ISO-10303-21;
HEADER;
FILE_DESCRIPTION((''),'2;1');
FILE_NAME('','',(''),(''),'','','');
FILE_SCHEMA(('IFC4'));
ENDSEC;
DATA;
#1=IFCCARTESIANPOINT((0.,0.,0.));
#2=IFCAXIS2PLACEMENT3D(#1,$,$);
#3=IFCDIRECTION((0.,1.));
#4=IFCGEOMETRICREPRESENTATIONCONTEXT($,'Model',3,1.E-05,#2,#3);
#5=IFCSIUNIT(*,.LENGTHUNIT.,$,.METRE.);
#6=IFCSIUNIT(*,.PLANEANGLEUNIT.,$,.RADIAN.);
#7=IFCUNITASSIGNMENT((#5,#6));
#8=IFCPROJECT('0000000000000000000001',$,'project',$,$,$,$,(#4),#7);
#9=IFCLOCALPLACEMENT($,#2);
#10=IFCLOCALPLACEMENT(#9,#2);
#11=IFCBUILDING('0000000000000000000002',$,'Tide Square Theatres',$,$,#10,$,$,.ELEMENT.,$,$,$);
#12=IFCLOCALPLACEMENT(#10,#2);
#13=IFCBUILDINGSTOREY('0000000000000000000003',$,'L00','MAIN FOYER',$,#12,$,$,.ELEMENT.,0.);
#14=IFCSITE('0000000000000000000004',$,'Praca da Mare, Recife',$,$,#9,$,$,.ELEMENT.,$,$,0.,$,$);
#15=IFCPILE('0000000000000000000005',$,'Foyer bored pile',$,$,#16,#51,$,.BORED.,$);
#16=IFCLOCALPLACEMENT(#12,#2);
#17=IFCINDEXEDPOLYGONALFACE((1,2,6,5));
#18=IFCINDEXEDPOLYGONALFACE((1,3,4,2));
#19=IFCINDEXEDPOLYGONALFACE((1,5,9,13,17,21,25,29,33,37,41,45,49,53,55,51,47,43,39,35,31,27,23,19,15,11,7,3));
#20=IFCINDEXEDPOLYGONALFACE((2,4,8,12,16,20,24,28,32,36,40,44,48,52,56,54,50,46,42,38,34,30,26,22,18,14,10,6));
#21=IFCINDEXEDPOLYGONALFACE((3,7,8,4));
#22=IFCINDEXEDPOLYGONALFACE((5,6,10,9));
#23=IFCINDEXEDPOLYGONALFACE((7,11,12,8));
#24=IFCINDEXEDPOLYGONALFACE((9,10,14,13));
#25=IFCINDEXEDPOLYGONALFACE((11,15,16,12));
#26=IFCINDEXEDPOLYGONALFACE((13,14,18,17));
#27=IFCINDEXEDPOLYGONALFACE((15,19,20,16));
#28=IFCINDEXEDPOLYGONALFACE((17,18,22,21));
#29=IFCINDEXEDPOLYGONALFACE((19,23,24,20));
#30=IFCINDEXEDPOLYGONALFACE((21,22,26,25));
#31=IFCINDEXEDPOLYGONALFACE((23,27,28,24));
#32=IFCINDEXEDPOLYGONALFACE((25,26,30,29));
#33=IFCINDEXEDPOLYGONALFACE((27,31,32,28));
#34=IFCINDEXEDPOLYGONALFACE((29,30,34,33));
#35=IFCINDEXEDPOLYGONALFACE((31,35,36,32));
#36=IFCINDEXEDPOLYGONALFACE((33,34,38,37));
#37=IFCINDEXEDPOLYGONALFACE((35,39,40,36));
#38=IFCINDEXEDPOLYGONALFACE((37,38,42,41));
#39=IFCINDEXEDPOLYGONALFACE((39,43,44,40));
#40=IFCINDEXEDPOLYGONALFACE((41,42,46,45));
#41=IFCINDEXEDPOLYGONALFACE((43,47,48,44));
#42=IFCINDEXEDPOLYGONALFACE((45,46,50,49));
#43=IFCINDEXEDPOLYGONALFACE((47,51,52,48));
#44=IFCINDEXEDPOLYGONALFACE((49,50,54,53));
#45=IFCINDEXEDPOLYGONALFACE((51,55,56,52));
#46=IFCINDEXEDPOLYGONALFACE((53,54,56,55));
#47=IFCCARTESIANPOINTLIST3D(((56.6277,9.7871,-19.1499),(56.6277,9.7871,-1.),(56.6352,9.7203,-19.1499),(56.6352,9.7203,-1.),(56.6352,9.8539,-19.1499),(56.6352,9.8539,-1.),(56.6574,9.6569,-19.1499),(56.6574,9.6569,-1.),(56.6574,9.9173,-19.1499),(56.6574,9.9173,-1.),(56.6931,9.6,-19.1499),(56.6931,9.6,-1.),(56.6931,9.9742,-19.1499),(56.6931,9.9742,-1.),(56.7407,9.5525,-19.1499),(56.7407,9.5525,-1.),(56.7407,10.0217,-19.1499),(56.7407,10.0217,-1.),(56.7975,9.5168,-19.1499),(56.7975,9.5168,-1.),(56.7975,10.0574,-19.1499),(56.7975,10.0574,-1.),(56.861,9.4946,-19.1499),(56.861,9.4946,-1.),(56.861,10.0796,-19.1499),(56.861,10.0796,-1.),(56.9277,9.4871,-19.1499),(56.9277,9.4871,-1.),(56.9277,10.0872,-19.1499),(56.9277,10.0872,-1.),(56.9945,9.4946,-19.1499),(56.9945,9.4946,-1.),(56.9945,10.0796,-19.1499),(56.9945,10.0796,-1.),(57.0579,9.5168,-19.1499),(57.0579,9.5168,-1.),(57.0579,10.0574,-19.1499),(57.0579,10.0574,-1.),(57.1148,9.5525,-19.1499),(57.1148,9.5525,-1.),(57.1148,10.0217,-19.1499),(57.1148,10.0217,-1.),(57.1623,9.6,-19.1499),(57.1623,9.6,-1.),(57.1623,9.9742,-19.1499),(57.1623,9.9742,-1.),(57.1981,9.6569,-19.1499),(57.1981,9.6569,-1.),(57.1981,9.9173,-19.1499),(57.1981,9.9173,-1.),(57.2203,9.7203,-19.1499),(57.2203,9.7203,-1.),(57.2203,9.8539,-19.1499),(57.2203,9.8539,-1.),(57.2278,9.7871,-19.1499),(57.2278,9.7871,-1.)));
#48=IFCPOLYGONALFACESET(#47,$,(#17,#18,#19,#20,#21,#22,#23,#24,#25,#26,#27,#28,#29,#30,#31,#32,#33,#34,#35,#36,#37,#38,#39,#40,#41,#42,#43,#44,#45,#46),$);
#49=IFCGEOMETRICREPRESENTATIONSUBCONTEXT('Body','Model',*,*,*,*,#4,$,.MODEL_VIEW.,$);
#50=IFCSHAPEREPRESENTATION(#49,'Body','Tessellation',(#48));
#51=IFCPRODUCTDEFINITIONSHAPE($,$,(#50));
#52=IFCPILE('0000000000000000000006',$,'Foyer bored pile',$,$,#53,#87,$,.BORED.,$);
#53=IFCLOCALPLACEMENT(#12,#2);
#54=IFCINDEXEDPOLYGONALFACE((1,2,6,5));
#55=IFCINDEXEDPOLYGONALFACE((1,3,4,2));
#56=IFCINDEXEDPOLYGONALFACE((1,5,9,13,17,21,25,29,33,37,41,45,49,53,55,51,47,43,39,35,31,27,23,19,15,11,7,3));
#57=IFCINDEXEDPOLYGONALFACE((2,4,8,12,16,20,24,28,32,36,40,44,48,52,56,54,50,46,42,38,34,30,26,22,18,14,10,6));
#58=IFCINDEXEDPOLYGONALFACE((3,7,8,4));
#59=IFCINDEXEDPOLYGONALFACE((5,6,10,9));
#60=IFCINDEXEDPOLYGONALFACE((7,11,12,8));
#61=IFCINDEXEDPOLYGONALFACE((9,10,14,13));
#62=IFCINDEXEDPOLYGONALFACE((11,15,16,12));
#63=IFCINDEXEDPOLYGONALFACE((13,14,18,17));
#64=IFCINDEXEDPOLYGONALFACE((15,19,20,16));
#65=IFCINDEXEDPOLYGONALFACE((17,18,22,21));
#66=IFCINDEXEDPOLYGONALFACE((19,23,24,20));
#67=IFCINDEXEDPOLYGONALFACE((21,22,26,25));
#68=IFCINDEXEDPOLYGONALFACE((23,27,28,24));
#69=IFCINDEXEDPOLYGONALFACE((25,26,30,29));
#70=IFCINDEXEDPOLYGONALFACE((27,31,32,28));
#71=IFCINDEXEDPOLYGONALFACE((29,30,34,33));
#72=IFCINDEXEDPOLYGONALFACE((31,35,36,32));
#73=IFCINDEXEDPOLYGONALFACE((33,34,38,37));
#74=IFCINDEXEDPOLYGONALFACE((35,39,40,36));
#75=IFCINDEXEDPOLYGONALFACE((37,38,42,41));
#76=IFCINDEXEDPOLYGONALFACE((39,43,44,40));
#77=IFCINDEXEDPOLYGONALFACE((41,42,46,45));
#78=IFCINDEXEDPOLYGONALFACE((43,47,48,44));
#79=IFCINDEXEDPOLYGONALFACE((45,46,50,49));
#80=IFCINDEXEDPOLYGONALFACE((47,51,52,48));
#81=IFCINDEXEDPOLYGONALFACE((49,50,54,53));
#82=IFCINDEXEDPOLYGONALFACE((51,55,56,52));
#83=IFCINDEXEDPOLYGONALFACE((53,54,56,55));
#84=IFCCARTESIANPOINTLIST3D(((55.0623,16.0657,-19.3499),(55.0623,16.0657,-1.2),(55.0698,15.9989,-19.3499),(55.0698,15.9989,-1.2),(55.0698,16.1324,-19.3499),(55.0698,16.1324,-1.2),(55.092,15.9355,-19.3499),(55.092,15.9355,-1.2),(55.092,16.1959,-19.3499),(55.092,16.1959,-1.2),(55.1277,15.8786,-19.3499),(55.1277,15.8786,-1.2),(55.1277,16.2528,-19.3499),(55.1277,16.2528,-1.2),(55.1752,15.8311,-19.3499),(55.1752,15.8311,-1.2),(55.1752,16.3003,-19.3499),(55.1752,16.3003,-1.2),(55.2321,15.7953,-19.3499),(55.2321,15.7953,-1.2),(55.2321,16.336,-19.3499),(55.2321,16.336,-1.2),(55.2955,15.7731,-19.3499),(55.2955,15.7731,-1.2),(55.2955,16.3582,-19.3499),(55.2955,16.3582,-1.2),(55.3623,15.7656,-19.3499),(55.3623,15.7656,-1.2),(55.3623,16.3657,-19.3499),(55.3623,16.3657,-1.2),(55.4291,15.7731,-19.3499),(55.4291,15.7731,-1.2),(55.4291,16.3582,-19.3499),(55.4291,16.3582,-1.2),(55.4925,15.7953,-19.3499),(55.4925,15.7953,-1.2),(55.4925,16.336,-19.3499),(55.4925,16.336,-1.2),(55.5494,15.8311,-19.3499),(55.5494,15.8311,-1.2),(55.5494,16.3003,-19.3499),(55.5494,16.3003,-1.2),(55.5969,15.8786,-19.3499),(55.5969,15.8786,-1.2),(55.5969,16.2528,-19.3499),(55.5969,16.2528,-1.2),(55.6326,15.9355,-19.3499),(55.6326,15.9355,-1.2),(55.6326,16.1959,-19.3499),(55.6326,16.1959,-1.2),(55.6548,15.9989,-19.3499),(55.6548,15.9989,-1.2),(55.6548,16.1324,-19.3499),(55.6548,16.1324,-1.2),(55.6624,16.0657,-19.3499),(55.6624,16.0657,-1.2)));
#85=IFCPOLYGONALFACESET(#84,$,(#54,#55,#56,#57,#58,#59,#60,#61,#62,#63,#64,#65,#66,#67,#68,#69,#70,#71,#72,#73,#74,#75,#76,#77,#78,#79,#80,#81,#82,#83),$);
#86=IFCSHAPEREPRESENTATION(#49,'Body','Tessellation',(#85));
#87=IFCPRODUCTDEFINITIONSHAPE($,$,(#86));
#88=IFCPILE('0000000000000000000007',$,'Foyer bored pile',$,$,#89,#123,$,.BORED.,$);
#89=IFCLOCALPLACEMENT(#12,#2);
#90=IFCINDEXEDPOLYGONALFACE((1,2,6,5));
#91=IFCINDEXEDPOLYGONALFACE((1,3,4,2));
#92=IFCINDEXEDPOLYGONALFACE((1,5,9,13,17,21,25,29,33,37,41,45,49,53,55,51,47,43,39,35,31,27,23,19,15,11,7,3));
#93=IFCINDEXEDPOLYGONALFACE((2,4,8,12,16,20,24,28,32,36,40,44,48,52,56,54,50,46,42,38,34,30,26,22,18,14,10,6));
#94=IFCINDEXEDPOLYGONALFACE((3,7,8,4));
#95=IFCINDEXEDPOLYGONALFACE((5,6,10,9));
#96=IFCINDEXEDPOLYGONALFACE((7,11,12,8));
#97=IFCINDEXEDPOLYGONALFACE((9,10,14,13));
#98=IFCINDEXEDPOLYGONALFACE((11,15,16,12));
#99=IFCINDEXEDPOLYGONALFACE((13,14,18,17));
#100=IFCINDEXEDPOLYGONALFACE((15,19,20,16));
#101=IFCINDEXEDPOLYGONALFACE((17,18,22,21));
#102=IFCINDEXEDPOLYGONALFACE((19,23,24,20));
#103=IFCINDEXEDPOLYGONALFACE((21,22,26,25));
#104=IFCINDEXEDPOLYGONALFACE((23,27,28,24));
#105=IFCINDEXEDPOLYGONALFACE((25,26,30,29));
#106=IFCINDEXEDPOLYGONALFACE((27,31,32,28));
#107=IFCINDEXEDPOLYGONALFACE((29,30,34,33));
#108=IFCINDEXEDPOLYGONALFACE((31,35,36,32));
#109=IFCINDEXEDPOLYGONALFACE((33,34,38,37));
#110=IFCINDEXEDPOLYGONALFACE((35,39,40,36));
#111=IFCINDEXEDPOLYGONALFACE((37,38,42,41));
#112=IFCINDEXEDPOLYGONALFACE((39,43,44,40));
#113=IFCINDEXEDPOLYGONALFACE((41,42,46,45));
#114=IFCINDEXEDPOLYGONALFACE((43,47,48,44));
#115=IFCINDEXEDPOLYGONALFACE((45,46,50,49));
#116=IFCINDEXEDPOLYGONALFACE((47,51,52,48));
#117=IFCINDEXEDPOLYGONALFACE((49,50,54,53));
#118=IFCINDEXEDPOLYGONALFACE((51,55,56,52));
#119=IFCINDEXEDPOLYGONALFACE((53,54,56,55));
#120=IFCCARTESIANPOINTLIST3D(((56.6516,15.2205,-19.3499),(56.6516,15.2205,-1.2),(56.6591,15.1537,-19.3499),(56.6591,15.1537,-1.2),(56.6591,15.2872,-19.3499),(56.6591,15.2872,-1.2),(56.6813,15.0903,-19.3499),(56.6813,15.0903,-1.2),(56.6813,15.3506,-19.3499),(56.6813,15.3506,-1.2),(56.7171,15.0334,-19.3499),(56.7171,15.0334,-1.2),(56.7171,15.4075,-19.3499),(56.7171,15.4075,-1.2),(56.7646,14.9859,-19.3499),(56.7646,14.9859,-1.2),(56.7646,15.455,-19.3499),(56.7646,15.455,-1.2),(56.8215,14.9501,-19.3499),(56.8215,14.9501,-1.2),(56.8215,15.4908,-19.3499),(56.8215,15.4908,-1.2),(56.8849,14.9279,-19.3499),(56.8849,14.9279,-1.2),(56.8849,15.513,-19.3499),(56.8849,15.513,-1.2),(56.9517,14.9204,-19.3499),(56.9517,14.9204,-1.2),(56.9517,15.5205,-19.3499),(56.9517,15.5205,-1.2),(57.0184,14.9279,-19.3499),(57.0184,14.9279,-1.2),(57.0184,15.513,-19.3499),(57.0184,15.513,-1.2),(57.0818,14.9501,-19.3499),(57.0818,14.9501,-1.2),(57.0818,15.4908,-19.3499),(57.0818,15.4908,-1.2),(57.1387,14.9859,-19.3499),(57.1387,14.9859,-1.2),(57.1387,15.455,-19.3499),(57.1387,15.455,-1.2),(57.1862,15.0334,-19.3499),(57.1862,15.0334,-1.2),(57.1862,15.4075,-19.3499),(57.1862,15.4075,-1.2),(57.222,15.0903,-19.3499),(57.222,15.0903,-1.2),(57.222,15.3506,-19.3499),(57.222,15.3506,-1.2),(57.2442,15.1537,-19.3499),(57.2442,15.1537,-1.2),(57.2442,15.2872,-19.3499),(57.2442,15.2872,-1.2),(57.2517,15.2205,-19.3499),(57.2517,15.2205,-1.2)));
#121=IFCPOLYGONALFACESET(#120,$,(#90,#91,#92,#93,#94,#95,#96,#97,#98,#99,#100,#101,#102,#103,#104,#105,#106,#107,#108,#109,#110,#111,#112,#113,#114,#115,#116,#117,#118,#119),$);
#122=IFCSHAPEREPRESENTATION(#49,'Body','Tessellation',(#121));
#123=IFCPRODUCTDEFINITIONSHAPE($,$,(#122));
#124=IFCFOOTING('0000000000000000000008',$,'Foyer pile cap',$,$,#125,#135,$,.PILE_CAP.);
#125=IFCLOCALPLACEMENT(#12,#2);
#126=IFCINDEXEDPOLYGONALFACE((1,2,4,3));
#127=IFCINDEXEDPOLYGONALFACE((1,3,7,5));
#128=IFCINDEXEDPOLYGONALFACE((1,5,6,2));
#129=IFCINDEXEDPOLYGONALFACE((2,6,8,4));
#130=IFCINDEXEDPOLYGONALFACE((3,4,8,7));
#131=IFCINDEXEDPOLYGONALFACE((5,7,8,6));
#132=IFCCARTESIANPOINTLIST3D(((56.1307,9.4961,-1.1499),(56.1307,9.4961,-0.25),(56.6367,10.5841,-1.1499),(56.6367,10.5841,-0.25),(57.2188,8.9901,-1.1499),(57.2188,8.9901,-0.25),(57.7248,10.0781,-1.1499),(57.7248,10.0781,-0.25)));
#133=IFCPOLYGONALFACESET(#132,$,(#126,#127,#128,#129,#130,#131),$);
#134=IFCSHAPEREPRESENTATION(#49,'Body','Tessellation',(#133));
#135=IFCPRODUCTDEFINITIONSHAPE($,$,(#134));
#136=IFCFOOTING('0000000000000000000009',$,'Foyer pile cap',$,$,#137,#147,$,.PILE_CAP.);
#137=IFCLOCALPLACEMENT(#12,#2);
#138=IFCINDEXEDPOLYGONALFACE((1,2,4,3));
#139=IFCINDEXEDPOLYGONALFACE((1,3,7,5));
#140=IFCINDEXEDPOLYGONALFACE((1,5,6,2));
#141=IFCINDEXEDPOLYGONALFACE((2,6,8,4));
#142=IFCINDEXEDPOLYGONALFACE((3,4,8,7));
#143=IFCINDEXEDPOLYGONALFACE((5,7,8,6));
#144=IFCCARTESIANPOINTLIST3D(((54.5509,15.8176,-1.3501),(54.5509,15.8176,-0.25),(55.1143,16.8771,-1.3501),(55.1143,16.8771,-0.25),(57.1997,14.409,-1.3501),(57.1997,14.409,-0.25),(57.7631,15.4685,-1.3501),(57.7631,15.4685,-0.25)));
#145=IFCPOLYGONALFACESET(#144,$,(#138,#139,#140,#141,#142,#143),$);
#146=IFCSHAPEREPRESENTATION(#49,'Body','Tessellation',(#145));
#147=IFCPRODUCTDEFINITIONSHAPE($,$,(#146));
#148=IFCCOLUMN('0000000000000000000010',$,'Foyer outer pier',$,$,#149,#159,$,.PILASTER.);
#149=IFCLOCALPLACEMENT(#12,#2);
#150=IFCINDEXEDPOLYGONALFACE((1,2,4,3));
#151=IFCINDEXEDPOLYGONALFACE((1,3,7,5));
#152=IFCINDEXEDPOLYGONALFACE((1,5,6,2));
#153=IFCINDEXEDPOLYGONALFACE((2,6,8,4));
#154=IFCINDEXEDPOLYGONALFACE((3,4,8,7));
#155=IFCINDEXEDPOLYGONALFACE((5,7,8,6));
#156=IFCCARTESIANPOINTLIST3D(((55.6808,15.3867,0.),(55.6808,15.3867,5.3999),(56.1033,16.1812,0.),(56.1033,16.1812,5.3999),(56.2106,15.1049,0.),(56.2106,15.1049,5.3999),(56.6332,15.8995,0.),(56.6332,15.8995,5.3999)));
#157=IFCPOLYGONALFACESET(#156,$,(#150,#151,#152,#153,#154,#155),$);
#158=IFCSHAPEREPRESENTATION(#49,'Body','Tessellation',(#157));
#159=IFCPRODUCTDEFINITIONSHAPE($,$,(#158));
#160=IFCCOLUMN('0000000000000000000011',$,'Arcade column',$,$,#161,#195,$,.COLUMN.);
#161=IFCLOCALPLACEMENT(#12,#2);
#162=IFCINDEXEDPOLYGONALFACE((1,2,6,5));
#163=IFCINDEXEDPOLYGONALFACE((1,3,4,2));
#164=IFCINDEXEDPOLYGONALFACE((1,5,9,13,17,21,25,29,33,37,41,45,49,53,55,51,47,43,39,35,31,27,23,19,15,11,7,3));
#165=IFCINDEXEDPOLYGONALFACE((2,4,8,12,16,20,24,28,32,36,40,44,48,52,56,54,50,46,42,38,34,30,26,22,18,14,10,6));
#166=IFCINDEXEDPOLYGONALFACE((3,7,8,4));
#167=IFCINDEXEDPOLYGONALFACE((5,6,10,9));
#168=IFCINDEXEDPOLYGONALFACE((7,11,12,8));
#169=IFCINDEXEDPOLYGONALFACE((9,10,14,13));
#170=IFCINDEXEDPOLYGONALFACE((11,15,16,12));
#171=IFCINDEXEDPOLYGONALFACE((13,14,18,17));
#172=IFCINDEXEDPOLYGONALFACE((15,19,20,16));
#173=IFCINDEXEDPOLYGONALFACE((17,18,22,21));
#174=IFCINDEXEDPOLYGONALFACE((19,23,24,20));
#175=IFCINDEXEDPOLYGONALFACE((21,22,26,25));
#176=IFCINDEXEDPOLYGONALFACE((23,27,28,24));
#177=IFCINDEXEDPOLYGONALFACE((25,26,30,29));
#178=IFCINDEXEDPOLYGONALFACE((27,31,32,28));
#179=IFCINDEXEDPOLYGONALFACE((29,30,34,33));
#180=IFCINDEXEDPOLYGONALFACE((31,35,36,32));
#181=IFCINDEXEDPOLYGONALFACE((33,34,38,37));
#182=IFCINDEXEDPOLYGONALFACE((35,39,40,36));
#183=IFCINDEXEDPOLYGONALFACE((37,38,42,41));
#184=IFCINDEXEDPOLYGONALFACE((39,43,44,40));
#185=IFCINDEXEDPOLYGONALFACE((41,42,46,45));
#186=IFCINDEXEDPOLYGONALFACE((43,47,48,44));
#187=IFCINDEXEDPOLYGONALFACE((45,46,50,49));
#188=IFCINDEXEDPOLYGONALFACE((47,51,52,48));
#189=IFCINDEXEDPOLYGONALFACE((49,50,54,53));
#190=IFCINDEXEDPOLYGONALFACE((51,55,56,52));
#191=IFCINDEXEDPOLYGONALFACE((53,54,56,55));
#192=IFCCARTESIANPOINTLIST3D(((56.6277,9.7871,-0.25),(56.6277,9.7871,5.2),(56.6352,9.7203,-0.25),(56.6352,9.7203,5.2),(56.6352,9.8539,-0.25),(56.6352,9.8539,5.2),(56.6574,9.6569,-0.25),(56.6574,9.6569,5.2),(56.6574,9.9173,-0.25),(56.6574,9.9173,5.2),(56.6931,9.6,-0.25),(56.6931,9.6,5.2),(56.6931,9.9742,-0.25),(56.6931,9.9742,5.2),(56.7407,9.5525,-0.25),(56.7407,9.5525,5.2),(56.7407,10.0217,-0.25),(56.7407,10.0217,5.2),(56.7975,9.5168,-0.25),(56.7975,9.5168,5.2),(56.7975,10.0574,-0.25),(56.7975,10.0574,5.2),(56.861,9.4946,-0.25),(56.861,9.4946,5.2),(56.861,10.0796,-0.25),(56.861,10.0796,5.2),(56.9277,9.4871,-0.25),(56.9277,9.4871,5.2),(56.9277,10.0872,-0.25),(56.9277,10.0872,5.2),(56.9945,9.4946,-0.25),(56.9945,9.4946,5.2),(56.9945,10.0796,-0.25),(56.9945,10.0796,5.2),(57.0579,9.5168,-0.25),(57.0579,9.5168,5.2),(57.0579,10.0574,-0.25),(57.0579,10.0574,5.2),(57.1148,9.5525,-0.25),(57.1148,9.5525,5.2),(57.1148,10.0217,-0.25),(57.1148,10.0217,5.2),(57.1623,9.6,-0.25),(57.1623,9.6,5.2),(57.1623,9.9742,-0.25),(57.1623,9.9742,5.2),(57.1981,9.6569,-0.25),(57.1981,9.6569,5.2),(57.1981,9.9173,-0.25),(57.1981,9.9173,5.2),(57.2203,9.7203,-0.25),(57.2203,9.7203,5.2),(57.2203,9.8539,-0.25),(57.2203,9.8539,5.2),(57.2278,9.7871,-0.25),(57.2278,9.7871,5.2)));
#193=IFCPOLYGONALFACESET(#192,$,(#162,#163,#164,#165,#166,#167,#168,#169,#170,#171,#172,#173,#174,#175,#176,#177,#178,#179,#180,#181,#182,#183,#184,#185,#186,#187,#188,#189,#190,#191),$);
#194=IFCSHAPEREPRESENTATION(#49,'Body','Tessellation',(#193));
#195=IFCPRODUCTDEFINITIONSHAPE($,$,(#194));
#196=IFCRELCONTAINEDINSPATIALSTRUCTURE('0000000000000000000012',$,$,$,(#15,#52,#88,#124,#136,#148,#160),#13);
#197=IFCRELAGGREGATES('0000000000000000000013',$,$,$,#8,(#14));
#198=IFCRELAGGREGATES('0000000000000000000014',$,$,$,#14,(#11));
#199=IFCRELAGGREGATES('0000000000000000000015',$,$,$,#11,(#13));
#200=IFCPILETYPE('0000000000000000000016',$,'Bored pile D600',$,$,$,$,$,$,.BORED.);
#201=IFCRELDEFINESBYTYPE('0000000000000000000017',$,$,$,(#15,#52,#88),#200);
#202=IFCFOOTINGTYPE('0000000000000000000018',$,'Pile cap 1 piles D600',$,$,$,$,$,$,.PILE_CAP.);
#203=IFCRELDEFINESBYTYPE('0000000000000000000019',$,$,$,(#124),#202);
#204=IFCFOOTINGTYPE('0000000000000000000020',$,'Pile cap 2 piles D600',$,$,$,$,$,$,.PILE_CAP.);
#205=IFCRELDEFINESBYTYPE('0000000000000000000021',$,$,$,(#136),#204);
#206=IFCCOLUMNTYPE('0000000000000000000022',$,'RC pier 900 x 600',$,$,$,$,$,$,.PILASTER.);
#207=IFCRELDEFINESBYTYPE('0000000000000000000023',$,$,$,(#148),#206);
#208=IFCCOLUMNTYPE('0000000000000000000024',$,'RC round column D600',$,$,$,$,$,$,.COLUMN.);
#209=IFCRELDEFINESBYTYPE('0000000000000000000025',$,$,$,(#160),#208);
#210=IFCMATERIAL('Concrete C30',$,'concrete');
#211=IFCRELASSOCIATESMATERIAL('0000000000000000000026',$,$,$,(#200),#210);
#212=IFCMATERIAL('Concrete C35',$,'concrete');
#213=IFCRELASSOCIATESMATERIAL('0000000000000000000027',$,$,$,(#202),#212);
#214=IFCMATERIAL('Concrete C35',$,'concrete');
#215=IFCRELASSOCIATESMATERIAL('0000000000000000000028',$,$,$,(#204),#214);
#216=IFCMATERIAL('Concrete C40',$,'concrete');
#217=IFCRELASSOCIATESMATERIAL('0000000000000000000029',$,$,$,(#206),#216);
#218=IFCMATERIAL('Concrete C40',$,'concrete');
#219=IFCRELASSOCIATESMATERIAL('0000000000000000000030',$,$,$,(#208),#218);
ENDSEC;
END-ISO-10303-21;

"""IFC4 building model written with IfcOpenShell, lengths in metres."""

from ifc_helpers import new_model, si_unit, direction, frame, origin, origin_2d, place, context, subcontext, project, spatial, rectangle, circle, extrude, material, material_profile, profile_set, type_object, element, save


model = new_model("IFC4")

# Units and contexts
model_context = context("Model", 3, precision=1e-05, world=origin(), true_north=direction((0.0, 1.0)))
body_context = subcontext(model_context, "Body", "Model", "MODEL_VIEW")
ifc_project = project(units=[si_unit("LENGTHUNIT", "METRE"), si_unit("PLANEANGLEUNIT", "RADIAN")], contexts=[model_context])

# Site, building, storey
site_placement = place(None, origin())
site = spatial("IfcSite", under=ifc_project, at=site_placement, Name="Praca da Mare, Recife", CompositionType="ELEMENT", RefElevation=0.0)
building_placement = place(site_placement, origin())
building = spatial("IfcBuilding", under=site, at=building_placement, Name="Tide Square Theatres", CompositionType="ELEMENT")
storey_placement = place(building_placement, origin())
storey = spatial("IfcBuildingStorey", under=building, at=storey_placement, Name="L00", Description="MAIN FOYER", CompositionType="ELEMENT", Elevation=0.0)

# Piles
ifc_material_1 = material(Name="Concrete C30", Category="concrete")
ifc_material_profile_1 = material_profile(ifc_material_1, circle(Radius=0.3, at=origin_2d()))
ifc_profile_set_1 = profile_set([ifc_material_profile_1], Name="Concrete C30")
pile_type = type_object("IfcPileType", Name="Bored pile D600", PredefinedType="BORED", material=ifc_profile_set_1)
for number, where, z_axis, x_axis, name in (
    (1, (56.9277, 9.7871, -1.0), (0.0, 0.0, -1.0), (1.0, 0.0, 0.0), "Foyer bored pile"),
    (2, (55.3623, 16.0657, -1.2), (0.0, 0.0, -1.0), (1.0, 0.0, 0.0), "Foyer bored pile"),
    (3, (56.9517, 15.2205, -1.2), (0.0, 0.0, -1.0), (1.0, 0.0, 0.0), "Foyer bored pile"),
):
    element("IfcPile", number, at=place(storey_placement, frame(where, z_axis=z_axis, x_axis=x_axis)), inside=storey, type_object=pile_type, Name=name, PredefinedType="BORED", context=body_context, shape_type="SweptSolid", body=[
        extrude(circle(Radius=0.3, at=origin_2d()), origin(), (0.0, 0.0, 1.0), 18.1499),
    ])

# Footings
ifc_material_2 = material(Name="Concrete C35", Category="concrete")
footing_type_1 = type_object("IfcFootingType", Name="Pile cap 1 piles D600", PredefinedType="PILE_CAP", material=ifc_material_2)
footing_1_placement = place(storey_placement, frame((56.9277, 9.7871, -1.1499), z_axis=(0.0, 0.0, 1.0), x_axis=(0.906742, -0.421686, 0.0)))
element("IfcFooting", 4, at=footing_1_placement, inside=storey, type_object=footing_type_1, Name="Foyer pile cap", PredefinedType="PILE_CAP", context=body_context, shape_type="SweptSolid", body=[
    extrude(rectangle(XDim=1.2, YDim=1.2, at=origin_2d()), origin(), (0.0, 0.0, 1.0), 0.8999),
])
ifc_material_3 = material(Name="Concrete C35", Category="concrete")
footing_type_2 = type_object("IfcFootingType", Name="Pile cap 2 piles D600", PredefinedType="PILE_CAP", material=ifc_material_3)
footing_2_placement = place(storey_placement, frame((56.157, 15.6431, -1.3501), z_axis=(0.0, 0.0, 1.0), x_axis=(0.882918, -0.469527, 0.0)))
element("IfcFooting", 5, at=footing_2_placement, inside=storey, type_object=footing_type_2, Name="Foyer pile cap", PredefinedType="PILE_CAP", context=body_context, shape_type="SweptSolid", body=[
    extrude(rectangle(XDim=3.0, YDim=1.2, at=origin_2d()), origin(), (0.0, 0.0, 1.0), 1.1001),
])

# Columns
ifc_material_4 = material(Name="Concrete C40", Category="concrete")
ifc_material_profile_2 = material_profile(ifc_material_4, rectangle(XDim=0.8999, YDim=0.6001, at=origin_2d()))
ifc_profile_set_2 = profile_set([ifc_material_profile_2], Name="Concrete C40")
column_type_1 = type_object("IfcColumnType", Name="RC pier 900 x 600", PredefinedType="PILASTER", material=ifc_profile_set_2)
column_1_placement = place(storey_placement, frame((56.157, 15.6431, 0.0), z_axis=(0.0, 0.0, 1.0), x_axis=(-0.469527, -0.882918, 0.0)))
element("IfcColumn", 6, at=column_1_placement, inside=storey, type_object=column_type_1, Name="Foyer outer pier", PredefinedType="PILASTER", context=body_context, shape_type="SweptSolid", body=[
    extrude(rectangle(XDim=0.8999, YDim=0.6001, at=origin_2d()), origin(), (0.0, 0.0, 1.0), 5.3999),
])
ifc_material_5 = material(Name="Concrete C40", Category="concrete")
ifc_material_profile_3 = material_profile(ifc_material_5, circle(Radius=0.3, at=origin_2d()))
ifc_profile_set_3 = profile_set([ifc_material_profile_3], Name="Concrete C40")
column_type_2 = type_object("IfcColumnType", Name="RC round column D600", PredefinedType="COLUMN", material=ifc_profile_set_3)
column_2_placement = place(storey_placement, frame((56.9277, 9.7871, -0.25), z_axis=(0.0, 0.0, 1.0), x_axis=(1.0, 0.0, 0.0)))
element("IfcColumn", 7, at=column_2_placement, inside=storey, type_object=column_type_2, Name="Arcade column", PredefinedType="COLUMN", context=body_context, shape_type="SweptSolid", body=[
    extrude(circle(Radius=0.3, at=origin_2d()), origin(), (0.0, 0.0, 1.0), 5.45),
])

save(model, "model.ifc")
